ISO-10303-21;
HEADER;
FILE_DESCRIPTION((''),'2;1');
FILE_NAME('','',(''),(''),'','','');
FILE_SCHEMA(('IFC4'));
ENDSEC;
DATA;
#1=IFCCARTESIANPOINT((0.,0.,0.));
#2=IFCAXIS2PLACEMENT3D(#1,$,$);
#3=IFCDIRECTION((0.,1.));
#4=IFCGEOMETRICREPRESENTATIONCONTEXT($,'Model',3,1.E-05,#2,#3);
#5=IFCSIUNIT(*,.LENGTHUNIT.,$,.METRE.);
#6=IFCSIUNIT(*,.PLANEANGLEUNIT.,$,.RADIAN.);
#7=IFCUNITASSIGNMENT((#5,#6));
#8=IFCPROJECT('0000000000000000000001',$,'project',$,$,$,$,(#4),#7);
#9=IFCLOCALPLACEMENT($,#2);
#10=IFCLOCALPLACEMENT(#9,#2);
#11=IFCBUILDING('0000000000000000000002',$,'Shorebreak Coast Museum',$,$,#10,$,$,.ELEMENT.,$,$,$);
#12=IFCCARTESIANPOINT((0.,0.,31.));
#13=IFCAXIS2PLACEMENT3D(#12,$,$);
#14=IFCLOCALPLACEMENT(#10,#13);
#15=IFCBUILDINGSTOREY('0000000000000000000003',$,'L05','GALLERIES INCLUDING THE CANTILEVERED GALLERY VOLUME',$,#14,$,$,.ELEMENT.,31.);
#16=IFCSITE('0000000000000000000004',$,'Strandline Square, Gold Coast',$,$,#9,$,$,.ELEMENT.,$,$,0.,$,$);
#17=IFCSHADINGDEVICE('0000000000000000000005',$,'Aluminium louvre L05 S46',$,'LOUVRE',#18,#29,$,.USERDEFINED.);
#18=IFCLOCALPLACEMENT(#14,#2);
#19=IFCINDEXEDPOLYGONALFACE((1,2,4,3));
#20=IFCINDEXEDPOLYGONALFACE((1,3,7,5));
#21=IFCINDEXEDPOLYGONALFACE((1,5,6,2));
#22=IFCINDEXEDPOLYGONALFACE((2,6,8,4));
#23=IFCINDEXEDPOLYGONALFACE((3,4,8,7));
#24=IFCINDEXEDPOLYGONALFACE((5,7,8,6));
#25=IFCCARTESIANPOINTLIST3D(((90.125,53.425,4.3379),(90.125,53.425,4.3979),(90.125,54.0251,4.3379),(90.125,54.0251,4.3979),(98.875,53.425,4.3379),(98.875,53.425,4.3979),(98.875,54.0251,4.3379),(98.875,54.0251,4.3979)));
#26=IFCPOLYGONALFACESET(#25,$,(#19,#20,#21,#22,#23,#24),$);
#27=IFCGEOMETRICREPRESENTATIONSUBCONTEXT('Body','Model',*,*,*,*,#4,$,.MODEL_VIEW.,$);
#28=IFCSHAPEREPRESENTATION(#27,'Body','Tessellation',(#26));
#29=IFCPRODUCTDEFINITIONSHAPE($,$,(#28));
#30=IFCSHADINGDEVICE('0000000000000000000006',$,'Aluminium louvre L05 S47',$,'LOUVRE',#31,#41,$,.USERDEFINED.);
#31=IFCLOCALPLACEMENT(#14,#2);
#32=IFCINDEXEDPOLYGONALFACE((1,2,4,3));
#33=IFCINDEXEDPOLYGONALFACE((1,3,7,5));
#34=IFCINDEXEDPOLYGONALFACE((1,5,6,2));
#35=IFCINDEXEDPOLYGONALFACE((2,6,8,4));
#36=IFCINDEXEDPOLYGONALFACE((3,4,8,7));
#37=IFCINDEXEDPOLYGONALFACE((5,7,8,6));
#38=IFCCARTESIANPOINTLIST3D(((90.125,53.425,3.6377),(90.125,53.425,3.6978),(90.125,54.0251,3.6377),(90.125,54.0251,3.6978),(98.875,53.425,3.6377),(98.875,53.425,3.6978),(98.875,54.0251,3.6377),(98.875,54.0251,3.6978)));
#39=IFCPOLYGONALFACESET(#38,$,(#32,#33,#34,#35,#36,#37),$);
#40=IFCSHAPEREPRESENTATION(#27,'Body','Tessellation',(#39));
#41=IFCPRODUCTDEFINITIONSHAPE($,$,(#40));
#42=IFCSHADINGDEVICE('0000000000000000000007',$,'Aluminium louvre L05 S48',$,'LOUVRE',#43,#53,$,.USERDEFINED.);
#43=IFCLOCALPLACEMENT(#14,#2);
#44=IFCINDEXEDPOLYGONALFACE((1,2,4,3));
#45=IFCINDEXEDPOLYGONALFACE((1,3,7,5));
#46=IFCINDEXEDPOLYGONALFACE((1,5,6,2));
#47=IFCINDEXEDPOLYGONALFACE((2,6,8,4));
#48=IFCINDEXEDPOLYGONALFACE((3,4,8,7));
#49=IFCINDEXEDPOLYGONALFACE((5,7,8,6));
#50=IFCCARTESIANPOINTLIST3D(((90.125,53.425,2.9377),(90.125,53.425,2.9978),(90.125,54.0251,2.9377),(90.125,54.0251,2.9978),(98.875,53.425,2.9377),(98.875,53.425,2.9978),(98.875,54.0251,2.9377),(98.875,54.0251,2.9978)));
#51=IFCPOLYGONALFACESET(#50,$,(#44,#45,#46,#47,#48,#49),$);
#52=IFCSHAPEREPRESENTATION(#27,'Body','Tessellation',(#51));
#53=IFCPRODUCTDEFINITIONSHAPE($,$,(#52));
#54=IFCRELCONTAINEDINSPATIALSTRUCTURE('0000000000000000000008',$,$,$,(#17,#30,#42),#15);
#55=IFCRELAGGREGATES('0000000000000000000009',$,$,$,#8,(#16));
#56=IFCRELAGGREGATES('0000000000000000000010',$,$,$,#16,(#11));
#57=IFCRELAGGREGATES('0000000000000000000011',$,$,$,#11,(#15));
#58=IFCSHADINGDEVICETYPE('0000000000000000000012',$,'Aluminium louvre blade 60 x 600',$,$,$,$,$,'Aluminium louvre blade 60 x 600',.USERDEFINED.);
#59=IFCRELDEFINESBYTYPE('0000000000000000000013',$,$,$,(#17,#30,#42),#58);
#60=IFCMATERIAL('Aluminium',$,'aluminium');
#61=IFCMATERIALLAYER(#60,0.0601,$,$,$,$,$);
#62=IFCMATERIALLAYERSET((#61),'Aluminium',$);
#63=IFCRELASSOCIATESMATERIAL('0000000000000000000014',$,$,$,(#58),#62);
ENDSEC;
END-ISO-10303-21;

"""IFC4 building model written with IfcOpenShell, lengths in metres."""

from ifc_helpers import new_model, si_unit, direction, frame, origin, origin_2d, place, context, subcontext, project, spatial, rectangle, extrude, material, layer, layer_set, type_object, element, save


model = new_model("IFC4")

# Units and contexts
model_context = context("Model", 3, precision=1e-05, world=origin(), true_north=direction((0.0, 1.0)))
body_context = subcontext(model_context, "Body", "Model", "MODEL_VIEW")
ifc_project = project(units=[si_unit("LENGTHUNIT", "METRE"), si_unit("PLANEANGLEUNIT", "RADIAN")], contexts=[model_context])

# Site, building, storey
site_placement = place(None, origin())
site = spatial("IfcSite", under=ifc_project, at=site_placement, Name="Strandline Square, Gold Coast", CompositionType="ELEMENT", RefElevation=0.0)
building_placement = place(site_placement, origin())
building = spatial("IfcBuilding", under=site, at=building_placement, Name="Shorebreak Coast Museum", CompositionType="ELEMENT")
storey_placement = place(building_placement, frame((0.0, 0.0, 31.0)))
storey = spatial("IfcBuildingStorey", under=building, at=storey_placement, Name="L05", Description="GALLERIES INCLUDING THE CANTILEVERED GALLERY VOLUME", CompositionType="ELEMENT", Elevation=31.0)

# Shading devices
ifc_material_1 = material(Name="Aluminium", Category="aluminium")
ifc_layer_1 = layer(ifc_material_1, 0.0601)
ifc_layer_set_1 = layer_set([ifc_layer_1], Name="Aluminium")
shading_device_type = type_object("IfcShadingDeviceType", Name="Aluminium louvre blade 60 x 600", ElementType="Aluminium louvre blade 60 x 600", PredefinedType="USERDEFINED", material=ifc_layer_set_1)
for number, where, z_axis, x_axis, name in (
    (1, (94.5, 53.7251, 4.3379), (0.0, 0.0, 1.0), (1.0, 0.0, 0.0), "Aluminium louvre L05 S46"),
    (2, (94.5, 53.7251, 3.6377), (0.0, 0.0, 1.0), (1.0, 0.0, 0.0), "Aluminium louvre L05 S47"),
    (3, (94.5, 53.7251, 2.9377), (0.0, 0.0, 1.0), (1.0, 0.0, 0.0), "Aluminium louvre L05 S48"),
):
    element("IfcShadingDevice", number, at=place(storey_placement, frame(where, z_axis=z_axis, x_axis=x_axis)), inside=storey, type_object=shading_device_type, Name=name, ObjectType="LOUVRE", PredefinedType="USERDEFINED", context=body_context, shape_type="SweptSolid", body=[
        extrude(rectangle(XDim=8.75, YDim=0.6001, at=origin_2d()), origin(), (0.0, 0.0, 1.0), 0.0601),
    ])

save(model, "model.ifc")
